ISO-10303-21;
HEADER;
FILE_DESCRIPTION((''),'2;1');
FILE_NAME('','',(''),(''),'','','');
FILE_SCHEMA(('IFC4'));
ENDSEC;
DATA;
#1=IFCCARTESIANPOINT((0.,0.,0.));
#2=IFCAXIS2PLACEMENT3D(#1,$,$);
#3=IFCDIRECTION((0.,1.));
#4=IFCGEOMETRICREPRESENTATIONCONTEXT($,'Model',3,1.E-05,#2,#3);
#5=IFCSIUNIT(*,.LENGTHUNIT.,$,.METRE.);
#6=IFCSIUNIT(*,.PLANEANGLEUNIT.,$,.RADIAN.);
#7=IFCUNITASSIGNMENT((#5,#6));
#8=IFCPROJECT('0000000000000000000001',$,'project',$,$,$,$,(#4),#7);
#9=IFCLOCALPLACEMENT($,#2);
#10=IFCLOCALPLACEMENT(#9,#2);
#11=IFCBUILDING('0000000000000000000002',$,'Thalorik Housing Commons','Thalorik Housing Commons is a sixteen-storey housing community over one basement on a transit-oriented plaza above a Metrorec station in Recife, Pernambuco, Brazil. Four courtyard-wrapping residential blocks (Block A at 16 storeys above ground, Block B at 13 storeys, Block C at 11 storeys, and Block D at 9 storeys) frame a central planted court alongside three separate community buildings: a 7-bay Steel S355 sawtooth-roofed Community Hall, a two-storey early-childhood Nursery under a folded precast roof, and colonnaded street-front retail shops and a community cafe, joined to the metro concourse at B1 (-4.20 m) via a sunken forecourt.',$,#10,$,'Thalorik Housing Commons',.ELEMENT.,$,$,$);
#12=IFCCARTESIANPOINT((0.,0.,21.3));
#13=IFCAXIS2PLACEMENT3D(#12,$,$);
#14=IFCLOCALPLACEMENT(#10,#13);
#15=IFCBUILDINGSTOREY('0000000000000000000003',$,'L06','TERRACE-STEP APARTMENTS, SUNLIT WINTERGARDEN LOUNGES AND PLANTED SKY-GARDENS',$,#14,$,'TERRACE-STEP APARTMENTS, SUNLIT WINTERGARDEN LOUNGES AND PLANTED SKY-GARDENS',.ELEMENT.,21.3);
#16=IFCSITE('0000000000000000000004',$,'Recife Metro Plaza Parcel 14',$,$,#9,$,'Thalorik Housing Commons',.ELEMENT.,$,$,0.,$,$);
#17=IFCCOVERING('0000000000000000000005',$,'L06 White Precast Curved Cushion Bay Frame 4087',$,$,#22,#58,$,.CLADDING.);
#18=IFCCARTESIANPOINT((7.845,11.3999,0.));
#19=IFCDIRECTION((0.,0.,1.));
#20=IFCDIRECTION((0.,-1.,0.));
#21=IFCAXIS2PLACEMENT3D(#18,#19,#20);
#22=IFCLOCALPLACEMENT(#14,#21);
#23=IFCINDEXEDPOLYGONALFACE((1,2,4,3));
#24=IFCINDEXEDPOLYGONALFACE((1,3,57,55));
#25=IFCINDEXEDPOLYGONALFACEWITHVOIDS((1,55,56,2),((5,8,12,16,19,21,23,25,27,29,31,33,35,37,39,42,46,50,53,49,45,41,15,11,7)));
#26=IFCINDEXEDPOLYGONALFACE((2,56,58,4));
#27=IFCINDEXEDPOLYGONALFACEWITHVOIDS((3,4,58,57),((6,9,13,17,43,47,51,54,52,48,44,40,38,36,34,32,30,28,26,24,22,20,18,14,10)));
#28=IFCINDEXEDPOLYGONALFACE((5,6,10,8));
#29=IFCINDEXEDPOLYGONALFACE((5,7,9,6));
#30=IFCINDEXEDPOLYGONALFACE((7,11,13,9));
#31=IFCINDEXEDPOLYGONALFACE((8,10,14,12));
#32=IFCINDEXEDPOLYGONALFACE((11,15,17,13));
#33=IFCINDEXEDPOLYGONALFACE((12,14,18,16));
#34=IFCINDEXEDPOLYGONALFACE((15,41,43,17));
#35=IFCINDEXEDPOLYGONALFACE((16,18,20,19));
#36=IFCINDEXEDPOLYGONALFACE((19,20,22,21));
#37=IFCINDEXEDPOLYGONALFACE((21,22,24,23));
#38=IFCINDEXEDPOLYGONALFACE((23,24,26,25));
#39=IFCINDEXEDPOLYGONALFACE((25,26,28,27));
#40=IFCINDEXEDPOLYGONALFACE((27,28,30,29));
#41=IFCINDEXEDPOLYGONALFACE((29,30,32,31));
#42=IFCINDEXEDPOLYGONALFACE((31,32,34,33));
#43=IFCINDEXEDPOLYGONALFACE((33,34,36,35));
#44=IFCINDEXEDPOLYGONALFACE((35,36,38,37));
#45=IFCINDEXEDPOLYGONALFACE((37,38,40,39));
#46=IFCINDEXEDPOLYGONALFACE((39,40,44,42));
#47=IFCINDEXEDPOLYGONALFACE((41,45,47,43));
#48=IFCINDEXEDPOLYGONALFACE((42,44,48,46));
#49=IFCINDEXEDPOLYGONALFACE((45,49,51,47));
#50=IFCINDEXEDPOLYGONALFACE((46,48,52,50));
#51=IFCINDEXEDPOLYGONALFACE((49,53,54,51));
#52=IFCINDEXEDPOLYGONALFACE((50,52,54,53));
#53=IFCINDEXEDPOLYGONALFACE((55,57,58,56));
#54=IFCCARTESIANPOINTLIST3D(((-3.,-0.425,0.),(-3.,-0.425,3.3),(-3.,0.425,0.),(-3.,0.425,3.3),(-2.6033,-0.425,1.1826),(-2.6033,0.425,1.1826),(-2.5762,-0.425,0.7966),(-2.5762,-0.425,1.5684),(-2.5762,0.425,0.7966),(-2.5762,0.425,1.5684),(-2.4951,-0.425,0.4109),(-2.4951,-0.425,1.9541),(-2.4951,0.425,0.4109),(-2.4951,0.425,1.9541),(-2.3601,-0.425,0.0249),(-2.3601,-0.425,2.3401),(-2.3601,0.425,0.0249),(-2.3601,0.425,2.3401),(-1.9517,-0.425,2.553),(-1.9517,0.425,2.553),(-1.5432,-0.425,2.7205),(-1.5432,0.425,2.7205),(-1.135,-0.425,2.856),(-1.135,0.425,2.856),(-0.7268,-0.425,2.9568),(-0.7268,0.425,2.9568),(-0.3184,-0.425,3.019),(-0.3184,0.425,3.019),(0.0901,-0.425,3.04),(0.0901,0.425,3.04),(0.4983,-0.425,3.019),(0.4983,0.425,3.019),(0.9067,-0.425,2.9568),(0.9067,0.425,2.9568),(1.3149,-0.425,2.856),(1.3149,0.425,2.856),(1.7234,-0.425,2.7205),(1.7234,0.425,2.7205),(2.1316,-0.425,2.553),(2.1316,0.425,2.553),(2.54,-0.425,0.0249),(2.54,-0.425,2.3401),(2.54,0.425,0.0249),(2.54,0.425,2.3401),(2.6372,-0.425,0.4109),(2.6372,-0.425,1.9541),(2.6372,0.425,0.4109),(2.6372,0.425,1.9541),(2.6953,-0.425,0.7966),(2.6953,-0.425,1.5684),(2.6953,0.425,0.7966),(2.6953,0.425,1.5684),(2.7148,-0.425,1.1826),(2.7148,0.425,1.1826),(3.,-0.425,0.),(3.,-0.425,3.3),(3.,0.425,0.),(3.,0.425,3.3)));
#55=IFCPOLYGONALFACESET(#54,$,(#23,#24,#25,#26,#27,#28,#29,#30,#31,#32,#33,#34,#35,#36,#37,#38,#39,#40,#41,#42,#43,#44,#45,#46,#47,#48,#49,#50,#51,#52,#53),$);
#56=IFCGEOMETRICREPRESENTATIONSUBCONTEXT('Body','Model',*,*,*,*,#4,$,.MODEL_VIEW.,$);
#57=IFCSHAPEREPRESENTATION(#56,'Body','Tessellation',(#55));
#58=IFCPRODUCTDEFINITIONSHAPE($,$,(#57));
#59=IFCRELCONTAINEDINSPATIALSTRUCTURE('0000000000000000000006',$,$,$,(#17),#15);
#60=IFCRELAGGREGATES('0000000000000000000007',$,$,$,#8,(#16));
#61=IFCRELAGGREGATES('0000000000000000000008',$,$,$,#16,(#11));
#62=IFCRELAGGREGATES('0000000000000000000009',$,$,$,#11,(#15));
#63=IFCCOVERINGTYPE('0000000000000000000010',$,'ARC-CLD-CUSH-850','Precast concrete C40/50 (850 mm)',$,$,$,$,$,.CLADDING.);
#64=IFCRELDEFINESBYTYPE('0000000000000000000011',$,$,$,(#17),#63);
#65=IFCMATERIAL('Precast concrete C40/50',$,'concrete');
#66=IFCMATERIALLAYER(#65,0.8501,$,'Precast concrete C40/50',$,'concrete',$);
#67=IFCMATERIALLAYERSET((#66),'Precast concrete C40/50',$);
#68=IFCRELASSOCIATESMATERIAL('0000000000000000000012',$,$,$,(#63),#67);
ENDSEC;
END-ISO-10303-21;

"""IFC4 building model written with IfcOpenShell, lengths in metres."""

from ifc_helpers import new_model, si_unit, direction, frame, origin, place, context, subcontext, project, spatial, polyline, outline, extrude, material, layer, layer_set, type_object, element, save


model = new_model("IFC4")

# Units and contexts
model_context = context("Model", 3, precision=1e-05, world=origin(), true_north=direction((0.0, 1.0)))
body_context = subcontext(model_context, "Body", "Model", "MODEL_VIEW")
ifc_project = project(units=[si_unit("LENGTHUNIT", "METRE"), si_unit("PLANEANGLEUNIT", "RADIAN")], contexts=[model_context])

# Site, building, storey
site_placement = place(None, origin())
site = spatial("IfcSite", under=ifc_project, at=site_placement, Name="Recife Metro Plaza Parcel 14", LongName="Thalorik Housing Commons", CompositionType="ELEMENT", RefElevation=0.0)
building_placement = place(site_placement, origin())
building = spatial("IfcBuilding", under=site, at=building_placement, Name="Thalorik Housing Commons", Description="Thalorik Housing Commons is a sixteen-storey housing community over one basement on a transit-oriented plaza above a Metrorec station in Recife, Pernambuco, Brazil. Four courtyard-wrapping residential blocks (Block A at 16 storeys above ground, Block B at 13 storeys, Block C at 11 storeys, and Block D at 9 storeys) frame a central planted court alongside three separate community buildings: a 7-bay Steel S355 sawtooth-roofed Community Hall, a two-storey early-childhood Nursery under a folded precast roof, and colonnaded street-front retail shops and a community cafe, joined to the metro concourse at B1 (-4.20 m) via a sunken forecourt.", LongName="Thalorik Housing Commons", CompositionType="ELEMENT")
storey_placement = place(building_placement, frame((0.0, 0.0, 21.3)))
storey = spatial("IfcBuildingStorey", under=building, at=storey_placement, Name="L06", Description="TERRACE-STEP APARTMENTS, SUNLIT WINTERGARDEN LOUNGES AND PLANTED SKY-GARDENS", LongName="TERRACE-STEP APARTMENTS, SUNLIT WINTERGARDEN LOUNGES AND PLANTED SKY-GARDENS", CompositionType="ELEMENT", Elevation=21.3)

# Shared definitions
ifc_material_1 = material(Name="Precast concrete C40/50", Category="concrete")

# Covering
ifc_layer_1 = layer(ifc_material_1, 0.8501, Name="Precast concrete C40/50", Category="concrete")
ifc_layer_set_1 = layer_set([ifc_layer_1], Name="Precast concrete C40/50")
covering_type_1 = type_object("IfcCoveringType", Name="ARC-CLD-CUSH-850", Description="Precast concrete C40/50 (850 mm)", PredefinedType="CLADDING", material=ifc_layer_set_1)
covering_1_placement = place(storey_placement, frame((7.845, 11.3999, 0.0), z_axis=(0.0, 0.0, 1.0), x_axis=(0.0, -1.0, 0.0)))
element("IfcCovering", 1, at=covering_1_placement, inside=storey, type_object=covering_type_1, Name="L06 White Precast Curved Cushion Bay Frame 4087", PredefinedType="CLADDING", context=body_context, shape_type="SweptSolid", body=[
    extrude(outline(polyline([(-3.0, 0.0), (3.0, 0.0), (3.0, 3.3), (-3.0, 3.3), (-3.0, 0.0)]), holes=[polyline([(2.54, 0.0249), (2.6372, 0.4109), (2.6953, 0.7966), (2.7148, 1.1826), (2.6953, 1.5684), (2.6372, 1.9541), (2.54, 2.3401), (2.1316, 2.553), (1.7234, 2.7205), (1.3149, 2.856), (0.9067, 2.9568), (0.4983, 3.019), (0.0901, 3.04), (-0.3184, 3.019), (-0.7268, 2.9568), (-1.135, 2.856), (-1.5432, 2.7205), (-1.9517, 2.553), (-2.3601, 2.3401), (-2.4951, 1.9541), (-2.5762, 1.5684), (-2.6033, 1.1826), (-2.5762, 0.7966), (-2.4951, 0.4109), (-2.3601, 0.0249), (2.54, 0.0249)])]), frame((0.0, 0.425, 0.0), z_axis=(0.0, -1.0, 0.0), x_axis=(1.0, 0.0, 0.0)), (0.0, 0.0, 1.0), 0.8501),
])

save(model, "model.ifc")
